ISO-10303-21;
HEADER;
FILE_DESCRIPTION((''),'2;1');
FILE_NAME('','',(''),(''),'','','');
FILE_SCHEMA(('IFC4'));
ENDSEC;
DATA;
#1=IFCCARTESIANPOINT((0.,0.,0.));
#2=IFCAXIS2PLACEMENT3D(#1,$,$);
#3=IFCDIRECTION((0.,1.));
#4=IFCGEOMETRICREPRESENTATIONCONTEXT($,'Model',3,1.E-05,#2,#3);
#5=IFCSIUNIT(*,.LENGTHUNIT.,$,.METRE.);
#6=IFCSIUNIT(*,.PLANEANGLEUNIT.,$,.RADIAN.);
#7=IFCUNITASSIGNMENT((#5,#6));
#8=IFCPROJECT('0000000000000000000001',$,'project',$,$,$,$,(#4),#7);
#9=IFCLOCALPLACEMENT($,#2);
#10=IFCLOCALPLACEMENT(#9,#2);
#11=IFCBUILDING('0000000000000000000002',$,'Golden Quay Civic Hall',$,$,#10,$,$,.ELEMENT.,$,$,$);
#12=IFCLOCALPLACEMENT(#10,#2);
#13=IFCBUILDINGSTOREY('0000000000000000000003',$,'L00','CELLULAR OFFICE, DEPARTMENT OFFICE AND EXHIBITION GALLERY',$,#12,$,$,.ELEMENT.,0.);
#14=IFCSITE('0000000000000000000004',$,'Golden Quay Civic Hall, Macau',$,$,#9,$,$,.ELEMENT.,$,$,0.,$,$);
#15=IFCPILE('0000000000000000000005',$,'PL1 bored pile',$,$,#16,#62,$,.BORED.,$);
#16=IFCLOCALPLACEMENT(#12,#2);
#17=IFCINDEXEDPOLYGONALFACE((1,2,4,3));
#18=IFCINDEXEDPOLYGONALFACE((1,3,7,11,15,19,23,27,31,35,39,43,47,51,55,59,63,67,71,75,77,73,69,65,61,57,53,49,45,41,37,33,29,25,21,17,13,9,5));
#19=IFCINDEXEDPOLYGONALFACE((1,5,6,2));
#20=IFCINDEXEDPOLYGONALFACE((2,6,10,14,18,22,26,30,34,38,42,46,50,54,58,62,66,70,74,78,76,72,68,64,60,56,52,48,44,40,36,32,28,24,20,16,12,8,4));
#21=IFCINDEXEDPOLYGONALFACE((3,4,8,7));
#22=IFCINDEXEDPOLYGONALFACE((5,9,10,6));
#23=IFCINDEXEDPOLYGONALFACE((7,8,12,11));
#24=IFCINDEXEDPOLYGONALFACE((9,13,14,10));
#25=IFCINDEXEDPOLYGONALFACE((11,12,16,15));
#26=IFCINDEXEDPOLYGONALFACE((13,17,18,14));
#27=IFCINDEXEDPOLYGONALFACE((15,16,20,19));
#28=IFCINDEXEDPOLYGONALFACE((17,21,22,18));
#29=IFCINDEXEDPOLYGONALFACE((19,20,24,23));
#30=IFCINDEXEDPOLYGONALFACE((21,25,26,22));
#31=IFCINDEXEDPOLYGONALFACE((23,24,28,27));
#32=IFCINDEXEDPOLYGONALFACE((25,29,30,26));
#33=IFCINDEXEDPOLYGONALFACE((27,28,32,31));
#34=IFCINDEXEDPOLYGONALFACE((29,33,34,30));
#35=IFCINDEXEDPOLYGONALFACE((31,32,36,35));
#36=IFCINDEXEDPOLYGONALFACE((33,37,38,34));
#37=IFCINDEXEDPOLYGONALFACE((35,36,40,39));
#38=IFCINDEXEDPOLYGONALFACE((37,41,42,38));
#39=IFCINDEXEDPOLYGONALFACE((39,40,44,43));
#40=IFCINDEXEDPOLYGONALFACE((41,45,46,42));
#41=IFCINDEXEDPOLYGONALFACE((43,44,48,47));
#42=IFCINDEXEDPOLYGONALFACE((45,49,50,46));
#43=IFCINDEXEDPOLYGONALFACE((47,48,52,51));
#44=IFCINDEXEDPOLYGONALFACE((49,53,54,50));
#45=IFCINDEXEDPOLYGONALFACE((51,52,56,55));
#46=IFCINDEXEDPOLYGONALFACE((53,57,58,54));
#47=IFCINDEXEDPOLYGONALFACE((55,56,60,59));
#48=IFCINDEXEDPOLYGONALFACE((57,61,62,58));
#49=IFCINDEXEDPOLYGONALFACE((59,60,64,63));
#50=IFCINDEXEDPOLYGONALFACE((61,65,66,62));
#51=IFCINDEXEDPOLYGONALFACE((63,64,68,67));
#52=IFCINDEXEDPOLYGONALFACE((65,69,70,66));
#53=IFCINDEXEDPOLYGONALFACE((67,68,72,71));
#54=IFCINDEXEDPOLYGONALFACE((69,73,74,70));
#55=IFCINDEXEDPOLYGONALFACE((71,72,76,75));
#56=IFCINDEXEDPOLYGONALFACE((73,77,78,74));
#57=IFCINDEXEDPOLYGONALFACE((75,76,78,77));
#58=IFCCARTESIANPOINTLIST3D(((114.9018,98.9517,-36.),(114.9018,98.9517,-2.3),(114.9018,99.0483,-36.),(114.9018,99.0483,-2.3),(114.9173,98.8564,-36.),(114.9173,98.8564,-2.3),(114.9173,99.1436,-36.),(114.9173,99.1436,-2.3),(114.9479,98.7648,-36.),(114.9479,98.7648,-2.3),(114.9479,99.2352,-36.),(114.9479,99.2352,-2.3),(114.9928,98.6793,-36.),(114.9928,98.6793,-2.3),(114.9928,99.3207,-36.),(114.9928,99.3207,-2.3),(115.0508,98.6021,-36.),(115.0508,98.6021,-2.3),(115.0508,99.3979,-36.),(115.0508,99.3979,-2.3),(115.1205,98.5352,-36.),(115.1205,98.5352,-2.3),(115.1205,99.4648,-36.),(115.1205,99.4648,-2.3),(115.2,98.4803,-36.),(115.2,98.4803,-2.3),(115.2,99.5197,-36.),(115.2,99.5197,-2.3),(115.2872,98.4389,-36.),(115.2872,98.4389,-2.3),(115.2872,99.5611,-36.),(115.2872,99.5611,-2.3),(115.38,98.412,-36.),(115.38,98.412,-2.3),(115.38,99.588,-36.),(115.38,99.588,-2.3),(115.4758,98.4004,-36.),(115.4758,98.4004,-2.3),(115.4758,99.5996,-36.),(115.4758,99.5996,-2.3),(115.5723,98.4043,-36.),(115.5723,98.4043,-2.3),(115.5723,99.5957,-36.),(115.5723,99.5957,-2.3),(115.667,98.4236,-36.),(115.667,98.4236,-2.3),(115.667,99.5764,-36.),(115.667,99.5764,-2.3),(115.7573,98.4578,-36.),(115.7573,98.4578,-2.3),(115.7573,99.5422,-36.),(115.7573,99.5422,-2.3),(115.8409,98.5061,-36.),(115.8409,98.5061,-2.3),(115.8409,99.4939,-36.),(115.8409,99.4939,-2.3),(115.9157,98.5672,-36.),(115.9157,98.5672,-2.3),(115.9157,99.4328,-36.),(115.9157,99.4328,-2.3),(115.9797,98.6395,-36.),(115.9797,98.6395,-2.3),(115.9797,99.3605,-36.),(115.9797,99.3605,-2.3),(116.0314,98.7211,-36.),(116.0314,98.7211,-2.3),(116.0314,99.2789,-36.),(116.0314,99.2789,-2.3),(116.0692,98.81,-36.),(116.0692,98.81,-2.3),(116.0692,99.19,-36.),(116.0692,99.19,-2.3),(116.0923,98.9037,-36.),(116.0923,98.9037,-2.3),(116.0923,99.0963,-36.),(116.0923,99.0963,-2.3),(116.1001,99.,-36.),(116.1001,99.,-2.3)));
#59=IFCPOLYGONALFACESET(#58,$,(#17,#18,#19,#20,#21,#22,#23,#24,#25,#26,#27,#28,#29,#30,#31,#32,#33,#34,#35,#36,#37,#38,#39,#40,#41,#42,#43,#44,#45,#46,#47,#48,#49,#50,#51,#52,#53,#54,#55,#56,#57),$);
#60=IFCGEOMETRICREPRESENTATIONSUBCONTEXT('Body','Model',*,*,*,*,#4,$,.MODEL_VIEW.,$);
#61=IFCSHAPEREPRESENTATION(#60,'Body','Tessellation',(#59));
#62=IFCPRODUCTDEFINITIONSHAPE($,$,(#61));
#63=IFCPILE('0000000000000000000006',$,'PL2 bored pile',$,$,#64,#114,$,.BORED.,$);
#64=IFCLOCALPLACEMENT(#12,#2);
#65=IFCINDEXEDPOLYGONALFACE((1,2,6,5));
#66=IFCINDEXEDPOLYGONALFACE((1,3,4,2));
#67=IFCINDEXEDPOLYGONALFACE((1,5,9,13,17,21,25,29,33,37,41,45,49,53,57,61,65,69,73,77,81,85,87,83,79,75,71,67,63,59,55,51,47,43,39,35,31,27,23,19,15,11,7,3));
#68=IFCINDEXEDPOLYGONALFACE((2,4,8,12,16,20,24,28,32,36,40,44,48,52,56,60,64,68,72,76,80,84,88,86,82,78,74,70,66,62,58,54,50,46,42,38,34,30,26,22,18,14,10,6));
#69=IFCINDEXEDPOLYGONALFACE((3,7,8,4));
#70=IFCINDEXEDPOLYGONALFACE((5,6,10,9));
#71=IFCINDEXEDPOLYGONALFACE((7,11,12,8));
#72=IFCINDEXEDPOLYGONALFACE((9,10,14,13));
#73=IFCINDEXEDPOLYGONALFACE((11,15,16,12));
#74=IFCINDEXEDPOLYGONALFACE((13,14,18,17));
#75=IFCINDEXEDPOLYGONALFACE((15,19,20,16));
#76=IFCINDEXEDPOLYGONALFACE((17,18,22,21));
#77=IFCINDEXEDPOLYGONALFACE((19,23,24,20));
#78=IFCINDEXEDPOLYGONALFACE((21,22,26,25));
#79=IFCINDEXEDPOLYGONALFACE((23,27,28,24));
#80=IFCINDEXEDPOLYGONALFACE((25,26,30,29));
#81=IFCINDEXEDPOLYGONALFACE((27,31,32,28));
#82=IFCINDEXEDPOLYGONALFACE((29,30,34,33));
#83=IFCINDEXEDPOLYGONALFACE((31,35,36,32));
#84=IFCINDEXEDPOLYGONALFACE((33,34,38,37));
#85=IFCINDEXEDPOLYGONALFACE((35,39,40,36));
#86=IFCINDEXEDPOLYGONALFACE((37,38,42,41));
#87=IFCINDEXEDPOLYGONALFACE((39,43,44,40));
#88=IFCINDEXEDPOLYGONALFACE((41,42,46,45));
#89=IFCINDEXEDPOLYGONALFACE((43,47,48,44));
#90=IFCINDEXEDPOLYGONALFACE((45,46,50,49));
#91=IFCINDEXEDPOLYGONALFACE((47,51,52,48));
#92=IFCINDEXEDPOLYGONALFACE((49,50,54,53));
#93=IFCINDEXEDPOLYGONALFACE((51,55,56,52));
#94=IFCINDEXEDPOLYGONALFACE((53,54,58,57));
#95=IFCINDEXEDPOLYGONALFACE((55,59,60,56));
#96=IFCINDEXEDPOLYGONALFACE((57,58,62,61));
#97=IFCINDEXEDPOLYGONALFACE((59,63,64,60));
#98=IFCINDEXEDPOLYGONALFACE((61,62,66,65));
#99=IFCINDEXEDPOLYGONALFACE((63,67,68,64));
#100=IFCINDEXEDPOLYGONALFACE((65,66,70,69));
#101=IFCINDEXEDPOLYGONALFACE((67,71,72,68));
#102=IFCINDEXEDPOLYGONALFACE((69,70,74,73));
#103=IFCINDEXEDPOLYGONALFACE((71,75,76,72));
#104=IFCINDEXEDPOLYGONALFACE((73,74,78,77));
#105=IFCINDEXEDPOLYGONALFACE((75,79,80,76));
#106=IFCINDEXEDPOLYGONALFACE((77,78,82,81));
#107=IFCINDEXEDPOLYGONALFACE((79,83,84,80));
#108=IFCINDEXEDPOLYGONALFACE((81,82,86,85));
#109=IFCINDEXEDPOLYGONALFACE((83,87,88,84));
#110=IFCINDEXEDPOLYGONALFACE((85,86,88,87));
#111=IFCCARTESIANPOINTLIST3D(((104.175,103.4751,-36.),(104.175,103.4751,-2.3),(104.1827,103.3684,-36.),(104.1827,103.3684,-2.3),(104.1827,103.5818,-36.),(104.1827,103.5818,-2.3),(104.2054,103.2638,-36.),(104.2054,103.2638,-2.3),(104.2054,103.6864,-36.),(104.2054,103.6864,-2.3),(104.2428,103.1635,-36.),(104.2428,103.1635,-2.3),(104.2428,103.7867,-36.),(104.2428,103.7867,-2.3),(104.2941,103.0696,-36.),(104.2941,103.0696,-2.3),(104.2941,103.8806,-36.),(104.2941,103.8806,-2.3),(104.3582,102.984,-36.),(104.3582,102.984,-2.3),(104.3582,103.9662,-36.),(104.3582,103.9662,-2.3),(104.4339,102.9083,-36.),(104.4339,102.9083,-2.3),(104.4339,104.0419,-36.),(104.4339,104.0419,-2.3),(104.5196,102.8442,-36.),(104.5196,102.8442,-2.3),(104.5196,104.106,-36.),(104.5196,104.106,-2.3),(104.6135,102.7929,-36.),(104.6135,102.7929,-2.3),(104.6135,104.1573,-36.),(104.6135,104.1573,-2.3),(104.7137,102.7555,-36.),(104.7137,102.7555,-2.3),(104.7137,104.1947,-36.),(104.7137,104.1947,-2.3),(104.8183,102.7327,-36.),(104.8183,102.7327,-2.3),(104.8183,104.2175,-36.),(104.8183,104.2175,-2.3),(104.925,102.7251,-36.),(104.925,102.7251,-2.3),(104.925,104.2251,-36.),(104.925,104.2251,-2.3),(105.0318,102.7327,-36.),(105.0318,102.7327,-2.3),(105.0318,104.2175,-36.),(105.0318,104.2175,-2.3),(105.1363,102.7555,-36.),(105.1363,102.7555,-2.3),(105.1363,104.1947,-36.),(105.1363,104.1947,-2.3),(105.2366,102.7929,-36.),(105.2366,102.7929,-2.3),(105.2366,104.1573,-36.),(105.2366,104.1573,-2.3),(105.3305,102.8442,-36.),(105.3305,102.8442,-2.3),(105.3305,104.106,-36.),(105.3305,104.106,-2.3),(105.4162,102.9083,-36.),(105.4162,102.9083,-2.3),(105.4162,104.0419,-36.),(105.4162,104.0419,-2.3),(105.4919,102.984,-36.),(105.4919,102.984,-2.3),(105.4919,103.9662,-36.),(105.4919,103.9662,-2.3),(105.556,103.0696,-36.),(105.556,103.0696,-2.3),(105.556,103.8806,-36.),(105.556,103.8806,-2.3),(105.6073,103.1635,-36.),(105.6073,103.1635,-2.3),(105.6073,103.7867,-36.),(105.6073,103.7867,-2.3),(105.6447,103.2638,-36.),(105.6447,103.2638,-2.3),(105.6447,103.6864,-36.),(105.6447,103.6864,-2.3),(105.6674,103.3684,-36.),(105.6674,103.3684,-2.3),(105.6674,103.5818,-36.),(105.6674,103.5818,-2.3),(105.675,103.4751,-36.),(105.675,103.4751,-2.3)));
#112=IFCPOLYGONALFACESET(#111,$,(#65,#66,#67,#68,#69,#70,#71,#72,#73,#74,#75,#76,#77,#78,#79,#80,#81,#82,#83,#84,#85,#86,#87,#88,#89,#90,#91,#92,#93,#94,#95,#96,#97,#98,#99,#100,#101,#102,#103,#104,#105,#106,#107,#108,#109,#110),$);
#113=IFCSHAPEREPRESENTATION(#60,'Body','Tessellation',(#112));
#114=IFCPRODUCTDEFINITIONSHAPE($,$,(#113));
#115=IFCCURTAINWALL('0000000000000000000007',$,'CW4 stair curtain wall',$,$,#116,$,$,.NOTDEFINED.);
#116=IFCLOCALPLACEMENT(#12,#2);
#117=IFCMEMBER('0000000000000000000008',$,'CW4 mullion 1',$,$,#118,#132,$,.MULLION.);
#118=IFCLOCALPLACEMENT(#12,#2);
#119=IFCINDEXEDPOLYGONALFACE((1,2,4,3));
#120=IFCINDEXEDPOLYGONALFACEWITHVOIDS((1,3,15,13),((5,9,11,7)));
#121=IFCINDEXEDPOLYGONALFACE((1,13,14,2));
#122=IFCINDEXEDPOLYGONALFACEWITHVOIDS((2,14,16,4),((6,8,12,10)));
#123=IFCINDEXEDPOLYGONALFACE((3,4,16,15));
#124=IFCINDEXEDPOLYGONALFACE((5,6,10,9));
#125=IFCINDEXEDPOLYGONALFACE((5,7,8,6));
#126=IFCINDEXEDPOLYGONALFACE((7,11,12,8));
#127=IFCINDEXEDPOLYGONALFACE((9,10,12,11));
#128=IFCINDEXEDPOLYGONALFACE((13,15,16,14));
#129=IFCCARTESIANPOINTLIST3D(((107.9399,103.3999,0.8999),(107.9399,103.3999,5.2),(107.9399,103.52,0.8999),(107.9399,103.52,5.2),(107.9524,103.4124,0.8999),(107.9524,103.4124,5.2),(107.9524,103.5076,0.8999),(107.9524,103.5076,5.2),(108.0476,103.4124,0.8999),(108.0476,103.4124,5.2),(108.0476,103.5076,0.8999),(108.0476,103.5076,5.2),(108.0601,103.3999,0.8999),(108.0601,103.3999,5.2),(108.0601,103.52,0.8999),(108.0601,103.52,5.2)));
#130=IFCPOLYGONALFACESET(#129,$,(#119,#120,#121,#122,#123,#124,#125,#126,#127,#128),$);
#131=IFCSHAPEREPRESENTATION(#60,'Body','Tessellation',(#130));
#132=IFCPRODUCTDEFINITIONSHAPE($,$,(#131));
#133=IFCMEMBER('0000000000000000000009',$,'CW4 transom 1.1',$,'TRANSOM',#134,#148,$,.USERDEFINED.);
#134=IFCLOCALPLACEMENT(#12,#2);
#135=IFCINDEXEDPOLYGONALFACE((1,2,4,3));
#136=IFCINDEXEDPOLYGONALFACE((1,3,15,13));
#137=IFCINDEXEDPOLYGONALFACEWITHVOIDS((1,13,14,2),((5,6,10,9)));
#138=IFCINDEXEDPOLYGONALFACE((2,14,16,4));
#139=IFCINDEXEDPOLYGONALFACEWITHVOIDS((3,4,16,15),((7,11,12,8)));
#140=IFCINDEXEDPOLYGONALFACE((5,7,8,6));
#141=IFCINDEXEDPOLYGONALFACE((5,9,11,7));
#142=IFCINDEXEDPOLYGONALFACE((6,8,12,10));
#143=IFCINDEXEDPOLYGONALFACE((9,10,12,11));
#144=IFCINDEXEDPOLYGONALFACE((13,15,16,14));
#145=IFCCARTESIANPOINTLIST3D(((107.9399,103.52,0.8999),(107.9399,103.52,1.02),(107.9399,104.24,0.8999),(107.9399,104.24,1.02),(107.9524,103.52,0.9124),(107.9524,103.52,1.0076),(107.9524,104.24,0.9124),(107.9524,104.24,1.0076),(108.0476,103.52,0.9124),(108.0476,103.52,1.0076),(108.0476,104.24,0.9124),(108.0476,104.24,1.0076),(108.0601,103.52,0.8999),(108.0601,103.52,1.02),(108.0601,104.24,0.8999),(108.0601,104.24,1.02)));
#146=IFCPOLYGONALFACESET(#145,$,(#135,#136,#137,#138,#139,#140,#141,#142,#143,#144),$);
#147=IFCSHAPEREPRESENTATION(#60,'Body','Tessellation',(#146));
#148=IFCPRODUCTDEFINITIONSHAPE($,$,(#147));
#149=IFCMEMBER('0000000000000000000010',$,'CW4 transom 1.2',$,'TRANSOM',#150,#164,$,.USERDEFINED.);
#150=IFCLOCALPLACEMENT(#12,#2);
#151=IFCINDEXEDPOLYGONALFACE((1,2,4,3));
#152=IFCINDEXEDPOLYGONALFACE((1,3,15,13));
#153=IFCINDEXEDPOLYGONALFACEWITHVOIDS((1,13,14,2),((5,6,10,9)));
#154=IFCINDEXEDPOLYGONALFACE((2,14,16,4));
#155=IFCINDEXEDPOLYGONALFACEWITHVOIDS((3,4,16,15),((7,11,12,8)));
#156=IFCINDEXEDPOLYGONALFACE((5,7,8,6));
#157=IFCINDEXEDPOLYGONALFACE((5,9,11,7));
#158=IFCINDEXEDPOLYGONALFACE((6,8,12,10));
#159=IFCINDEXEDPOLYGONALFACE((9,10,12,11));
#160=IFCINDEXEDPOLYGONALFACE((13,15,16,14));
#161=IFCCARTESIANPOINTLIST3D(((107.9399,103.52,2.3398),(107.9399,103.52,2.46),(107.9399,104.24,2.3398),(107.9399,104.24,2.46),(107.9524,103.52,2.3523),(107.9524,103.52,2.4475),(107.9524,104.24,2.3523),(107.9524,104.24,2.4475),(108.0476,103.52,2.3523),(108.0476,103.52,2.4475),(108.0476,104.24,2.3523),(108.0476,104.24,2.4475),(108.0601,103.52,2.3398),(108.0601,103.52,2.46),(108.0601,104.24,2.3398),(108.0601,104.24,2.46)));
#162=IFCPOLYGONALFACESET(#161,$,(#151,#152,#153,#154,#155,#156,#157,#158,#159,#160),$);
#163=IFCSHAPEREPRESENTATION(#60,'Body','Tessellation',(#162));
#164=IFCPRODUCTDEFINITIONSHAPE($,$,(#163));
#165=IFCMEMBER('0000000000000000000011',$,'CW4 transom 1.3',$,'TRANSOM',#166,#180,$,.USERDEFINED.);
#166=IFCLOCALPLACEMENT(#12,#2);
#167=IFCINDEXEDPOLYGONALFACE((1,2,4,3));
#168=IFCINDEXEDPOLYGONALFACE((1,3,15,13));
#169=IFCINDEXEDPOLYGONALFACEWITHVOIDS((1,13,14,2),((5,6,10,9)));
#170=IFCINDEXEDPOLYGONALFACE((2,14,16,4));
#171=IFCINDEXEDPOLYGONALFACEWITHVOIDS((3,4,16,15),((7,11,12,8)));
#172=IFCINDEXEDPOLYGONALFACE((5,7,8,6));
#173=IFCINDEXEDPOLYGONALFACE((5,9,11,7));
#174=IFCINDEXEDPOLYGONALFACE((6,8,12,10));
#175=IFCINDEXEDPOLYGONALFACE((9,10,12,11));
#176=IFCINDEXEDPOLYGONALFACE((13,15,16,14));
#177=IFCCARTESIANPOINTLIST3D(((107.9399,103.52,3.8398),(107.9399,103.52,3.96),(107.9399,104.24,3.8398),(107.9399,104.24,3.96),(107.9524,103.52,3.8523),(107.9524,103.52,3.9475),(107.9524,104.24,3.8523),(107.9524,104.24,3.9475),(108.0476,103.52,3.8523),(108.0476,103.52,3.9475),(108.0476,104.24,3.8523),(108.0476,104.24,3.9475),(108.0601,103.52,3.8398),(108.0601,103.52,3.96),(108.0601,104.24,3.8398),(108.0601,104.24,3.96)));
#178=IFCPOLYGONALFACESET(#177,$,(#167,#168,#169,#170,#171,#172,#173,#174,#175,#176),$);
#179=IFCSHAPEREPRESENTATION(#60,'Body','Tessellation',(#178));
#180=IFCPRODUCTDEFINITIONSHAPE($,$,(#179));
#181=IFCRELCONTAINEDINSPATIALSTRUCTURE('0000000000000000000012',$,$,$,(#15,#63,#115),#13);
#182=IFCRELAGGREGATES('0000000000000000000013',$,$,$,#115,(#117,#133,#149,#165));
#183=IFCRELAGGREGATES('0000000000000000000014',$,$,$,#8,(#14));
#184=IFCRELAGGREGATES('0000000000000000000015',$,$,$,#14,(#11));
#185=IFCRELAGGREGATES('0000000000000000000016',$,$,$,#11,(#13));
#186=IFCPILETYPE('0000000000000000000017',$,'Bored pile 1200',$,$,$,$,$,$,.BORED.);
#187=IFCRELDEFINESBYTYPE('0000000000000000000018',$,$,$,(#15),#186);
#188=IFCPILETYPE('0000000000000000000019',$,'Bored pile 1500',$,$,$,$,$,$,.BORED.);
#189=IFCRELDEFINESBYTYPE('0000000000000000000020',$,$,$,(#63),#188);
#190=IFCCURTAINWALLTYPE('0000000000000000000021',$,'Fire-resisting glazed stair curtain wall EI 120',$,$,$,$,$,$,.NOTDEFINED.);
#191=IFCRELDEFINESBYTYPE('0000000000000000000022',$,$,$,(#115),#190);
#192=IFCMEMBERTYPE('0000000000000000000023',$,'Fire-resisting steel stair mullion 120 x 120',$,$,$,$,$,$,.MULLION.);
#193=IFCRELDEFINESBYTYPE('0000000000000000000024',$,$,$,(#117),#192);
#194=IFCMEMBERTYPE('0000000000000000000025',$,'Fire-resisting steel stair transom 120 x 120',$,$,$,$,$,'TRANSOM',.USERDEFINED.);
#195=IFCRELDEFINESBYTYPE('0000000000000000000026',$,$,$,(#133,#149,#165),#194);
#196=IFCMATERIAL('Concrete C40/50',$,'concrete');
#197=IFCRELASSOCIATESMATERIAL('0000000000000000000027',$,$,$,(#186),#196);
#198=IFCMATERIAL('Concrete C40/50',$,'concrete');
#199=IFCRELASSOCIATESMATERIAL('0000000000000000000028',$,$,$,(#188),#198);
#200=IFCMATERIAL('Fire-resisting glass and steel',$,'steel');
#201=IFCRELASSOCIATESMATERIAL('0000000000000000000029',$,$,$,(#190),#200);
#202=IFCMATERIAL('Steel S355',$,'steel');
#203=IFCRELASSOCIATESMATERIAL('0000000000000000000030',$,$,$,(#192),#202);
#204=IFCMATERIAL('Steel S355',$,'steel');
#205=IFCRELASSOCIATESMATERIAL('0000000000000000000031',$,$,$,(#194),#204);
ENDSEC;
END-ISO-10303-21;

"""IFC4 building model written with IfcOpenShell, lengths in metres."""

from ifc_helpers import new_model, si_unit, direction, frame, origin, origin_2d, place, context, subcontext, project, spatial, hollow_rectangle, circle, extrude, material, material_profile, profile_set, type_object, element, aggregate, save


model = new_model("IFC4")

# Units and contexts
model_context = context("Model", 3, precision=1e-05, world=origin(), true_north=direction((0.0, 1.0)))
body_context = subcontext(model_context, "Body", "Model", "MODEL_VIEW")
ifc_project = project(units=[si_unit("LENGTHUNIT", "METRE"), si_unit("PLANEANGLEUNIT", "RADIAN")], contexts=[model_context])

# Site, building, storey
site_placement = place(None, origin())
site = spatial("IfcSite", under=ifc_project, at=site_placement, Name="Golden Quay Civic Hall, Macau", CompositionType="ELEMENT", RefElevation=0.0)
building_placement = place(site_placement, origin())
building = spatial("IfcBuilding", under=site, at=building_placement, Name="Golden Quay Civic Hall", CompositionType="ELEMENT")
storey_placement = place(building_placement, origin())
storey = spatial("IfcBuildingStorey", under=building, at=storey_placement, Name="L00", Description="CELLULAR OFFICE, DEPARTMENT OFFICE AND EXHIBITION GALLERY", CompositionType="ELEMENT", Elevation=0.0)

# Piles
ifc_material_1 = material(Name="Concrete C40/50", Category="concrete")
ifc_material_profile_1 = material_profile(ifc_material_1, circle(Radius=0.6001, at=origin_2d()), Name="RC D1200")
ifc_profile_set_1 = profile_set([ifc_material_profile_1], Name="Concrete C40/50")
pile_type_1 = type_object("IfcPileType", Name="Bored pile 1200", PredefinedType="BORED", material=ifc_profile_set_1)
pile_1_placement = place(storey_placement, frame((115.5, 99.0, -2.3), z_axis=(0.0, 0.0, -1.0), x_axis=(1.0, 0.0, 0.0)))
element("IfcPile", 1, at=pile_1_placement, inside=storey, type_object=pile_type_1, Name="PL1 bored pile", PredefinedType="BORED", context=body_context, shape_type="SweptSolid", body=[
    extrude(circle(Radius=0.6001, at=origin_2d()), origin(), (0.0, 0.0, 1.0), 33.7),
])
ifc_material_2 = material(Name="Concrete C40/50", Category="concrete")
ifc_material_profile_2 = material_profile(ifc_material_2, circle(Radius=0.75, at=origin_2d()), Name="RC D1500")
ifc_profile_set_2 = profile_set([ifc_material_profile_2], Name="Concrete C40/50")
pile_type_2 = type_object("IfcPileType", Name="Bored pile 1500", PredefinedType="BORED", material=ifc_profile_set_2)
pile_2_placement = place(storey_placement, frame((104.925, 103.4751, -2.3), z_axis=(0.0, 0.0, -1.0), x_axis=(1.0, 0.0, 0.0)))
element("IfcPile", 2, at=pile_2_placement, inside=storey, type_object=pile_type_2, Name="PL2 bored pile", PredefinedType="BORED", context=body_context, shape_type="SweptSolid", body=[
    extrude(circle(Radius=0.75, at=origin_2d()), origin(), (0.0, 0.0, 1.0), 33.7),
])

# Curtain wall, members
ifc_material_3 = material(Name="Fire-resisting glass and steel", Category="steel")
curtain_wall_type = type_object("IfcCurtainWallType", Name="Fire-resisting glazed stair curtain wall EI 120", PredefinedType="NOTDEFINED", material=ifc_material_3)
curtain_wall_placement = place(storey_placement, origin())
curtain_wall = element("IfcCurtainWall", 3, at=curtain_wall_placement, inside=storey, type_object=curtain_wall_type, Name="CW4 stair curtain wall", PredefinedType="NOTDEFINED")
ifc_material_4 = material(Name="Steel S355", Category="steel")
ifc_material_profile_3 = material_profile(ifc_material_4, hollow_rectangle(XDim=0.1201, YDim=0.1201, WallThickness=0.0125, at=origin_2d()), Name="SHS 120x120x12.5")
ifc_profile_set_3 = profile_set([ifc_material_profile_3], Name="Steel S355")
member_type_1 = type_object("IfcMemberType", Name="Fire-resisting steel stair mullion 120 x 120", PredefinedType="MULLION", material=ifc_profile_set_3)
member_1_placement = place(storey_placement, frame((108.0, 103.46, 0.8999), z_axis=(0.0, 0.0, 1.0), x_axis=(-1.0, 0.0, 0.0)))
member_1 = element("IfcMember", 4, at=member_1_placement, type_object=member_type_1, Name="CW4 mullion 1", PredefinedType="MULLION", context=body_context, shape_type="SweptSolid", body=[
    extrude(hollow_rectangle(XDim=0.1201, YDim=0.1201, WallThickness=0.0125, at=origin_2d()), origin(), (0.0, 0.0, 1.0), 4.3),
])
ifc_material_5 = material(Name="Steel S355", Category="steel")
ifc_material_profile_4 = material_profile(ifc_material_5, hollow_rectangle(XDim=0.1201, YDim=0.1201, WallThickness=0.0125, at=origin_2d()), Name="SHS 120x120x12.5")
ifc_profile_set_4 = profile_set([ifc_material_profile_4], Name="Steel S355")
member_type_2 = type_object("IfcMemberType", Name="Fire-resisting steel stair transom 120 x 120", ElementType="TRANSOM", PredefinedType="USERDEFINED", material=ifc_profile_set_4)
member_2_placement = place(storey_placement, frame((108.0, 103.52, 0.96), z_axis=(0.0, 1.0, 0.0), x_axis=(-1.0, 0.0, 0.0)))
member_2 = element("IfcMember", 5, at=member_2_placement, type_object=member_type_2, Name="CW4 transom 1.1", ObjectType="TRANSOM", PredefinedType="USERDEFINED", context=body_context, shape_type="SweptSolid", body=[
    extrude(hollow_rectangle(XDim=0.1201, YDim=0.1201, WallThickness=0.0125, at=origin_2d()), origin(), (0.0, 0.0, 1.0), 0.72),
])
member_3_placement = place(storey_placement, frame((108.0, 103.52, 2.3999), z_axis=(0.0, 1.0, 0.0), x_axis=(-1.0, 0.0, 0.0)))
member_3 = element("IfcMember", 6, at=member_3_placement, type_object=member_type_2, Name="CW4 transom 1.2", ObjectType="TRANSOM", PredefinedType="USERDEFINED", context=body_context, shape_type="SweptSolid", body=[
    extrude(hollow_rectangle(XDim=0.1201, YDim=0.1201, WallThickness=0.0125, at=origin_2d()), origin(), (0.0, 0.0, 1.0), 0.72),
])
member_4_placement = place(storey_placement, frame((108.0, 103.52, 3.8999), z_axis=(0.0, 1.0, 0.0), x_axis=(-1.0, 0.0, 0.0)))
member_4 = element("IfcMember", 7, at=member_4_placement, type_object=member_type_2, Name="CW4 transom 1.3", ObjectType="TRANSOM", PredefinedType="USERDEFINED", context=body_context, shape_type="SweptSolid", body=[
    extrude(hollow_rectangle(XDim=0.1201, YDim=0.1201, WallThickness=0.0125, at=origin_2d()), origin(), (0.0, 0.0, 1.0), 0.72),
])
aggregate(curtain_wall, [member_1, member_2, member_3, member_4])

save(model, "model.ifc")
